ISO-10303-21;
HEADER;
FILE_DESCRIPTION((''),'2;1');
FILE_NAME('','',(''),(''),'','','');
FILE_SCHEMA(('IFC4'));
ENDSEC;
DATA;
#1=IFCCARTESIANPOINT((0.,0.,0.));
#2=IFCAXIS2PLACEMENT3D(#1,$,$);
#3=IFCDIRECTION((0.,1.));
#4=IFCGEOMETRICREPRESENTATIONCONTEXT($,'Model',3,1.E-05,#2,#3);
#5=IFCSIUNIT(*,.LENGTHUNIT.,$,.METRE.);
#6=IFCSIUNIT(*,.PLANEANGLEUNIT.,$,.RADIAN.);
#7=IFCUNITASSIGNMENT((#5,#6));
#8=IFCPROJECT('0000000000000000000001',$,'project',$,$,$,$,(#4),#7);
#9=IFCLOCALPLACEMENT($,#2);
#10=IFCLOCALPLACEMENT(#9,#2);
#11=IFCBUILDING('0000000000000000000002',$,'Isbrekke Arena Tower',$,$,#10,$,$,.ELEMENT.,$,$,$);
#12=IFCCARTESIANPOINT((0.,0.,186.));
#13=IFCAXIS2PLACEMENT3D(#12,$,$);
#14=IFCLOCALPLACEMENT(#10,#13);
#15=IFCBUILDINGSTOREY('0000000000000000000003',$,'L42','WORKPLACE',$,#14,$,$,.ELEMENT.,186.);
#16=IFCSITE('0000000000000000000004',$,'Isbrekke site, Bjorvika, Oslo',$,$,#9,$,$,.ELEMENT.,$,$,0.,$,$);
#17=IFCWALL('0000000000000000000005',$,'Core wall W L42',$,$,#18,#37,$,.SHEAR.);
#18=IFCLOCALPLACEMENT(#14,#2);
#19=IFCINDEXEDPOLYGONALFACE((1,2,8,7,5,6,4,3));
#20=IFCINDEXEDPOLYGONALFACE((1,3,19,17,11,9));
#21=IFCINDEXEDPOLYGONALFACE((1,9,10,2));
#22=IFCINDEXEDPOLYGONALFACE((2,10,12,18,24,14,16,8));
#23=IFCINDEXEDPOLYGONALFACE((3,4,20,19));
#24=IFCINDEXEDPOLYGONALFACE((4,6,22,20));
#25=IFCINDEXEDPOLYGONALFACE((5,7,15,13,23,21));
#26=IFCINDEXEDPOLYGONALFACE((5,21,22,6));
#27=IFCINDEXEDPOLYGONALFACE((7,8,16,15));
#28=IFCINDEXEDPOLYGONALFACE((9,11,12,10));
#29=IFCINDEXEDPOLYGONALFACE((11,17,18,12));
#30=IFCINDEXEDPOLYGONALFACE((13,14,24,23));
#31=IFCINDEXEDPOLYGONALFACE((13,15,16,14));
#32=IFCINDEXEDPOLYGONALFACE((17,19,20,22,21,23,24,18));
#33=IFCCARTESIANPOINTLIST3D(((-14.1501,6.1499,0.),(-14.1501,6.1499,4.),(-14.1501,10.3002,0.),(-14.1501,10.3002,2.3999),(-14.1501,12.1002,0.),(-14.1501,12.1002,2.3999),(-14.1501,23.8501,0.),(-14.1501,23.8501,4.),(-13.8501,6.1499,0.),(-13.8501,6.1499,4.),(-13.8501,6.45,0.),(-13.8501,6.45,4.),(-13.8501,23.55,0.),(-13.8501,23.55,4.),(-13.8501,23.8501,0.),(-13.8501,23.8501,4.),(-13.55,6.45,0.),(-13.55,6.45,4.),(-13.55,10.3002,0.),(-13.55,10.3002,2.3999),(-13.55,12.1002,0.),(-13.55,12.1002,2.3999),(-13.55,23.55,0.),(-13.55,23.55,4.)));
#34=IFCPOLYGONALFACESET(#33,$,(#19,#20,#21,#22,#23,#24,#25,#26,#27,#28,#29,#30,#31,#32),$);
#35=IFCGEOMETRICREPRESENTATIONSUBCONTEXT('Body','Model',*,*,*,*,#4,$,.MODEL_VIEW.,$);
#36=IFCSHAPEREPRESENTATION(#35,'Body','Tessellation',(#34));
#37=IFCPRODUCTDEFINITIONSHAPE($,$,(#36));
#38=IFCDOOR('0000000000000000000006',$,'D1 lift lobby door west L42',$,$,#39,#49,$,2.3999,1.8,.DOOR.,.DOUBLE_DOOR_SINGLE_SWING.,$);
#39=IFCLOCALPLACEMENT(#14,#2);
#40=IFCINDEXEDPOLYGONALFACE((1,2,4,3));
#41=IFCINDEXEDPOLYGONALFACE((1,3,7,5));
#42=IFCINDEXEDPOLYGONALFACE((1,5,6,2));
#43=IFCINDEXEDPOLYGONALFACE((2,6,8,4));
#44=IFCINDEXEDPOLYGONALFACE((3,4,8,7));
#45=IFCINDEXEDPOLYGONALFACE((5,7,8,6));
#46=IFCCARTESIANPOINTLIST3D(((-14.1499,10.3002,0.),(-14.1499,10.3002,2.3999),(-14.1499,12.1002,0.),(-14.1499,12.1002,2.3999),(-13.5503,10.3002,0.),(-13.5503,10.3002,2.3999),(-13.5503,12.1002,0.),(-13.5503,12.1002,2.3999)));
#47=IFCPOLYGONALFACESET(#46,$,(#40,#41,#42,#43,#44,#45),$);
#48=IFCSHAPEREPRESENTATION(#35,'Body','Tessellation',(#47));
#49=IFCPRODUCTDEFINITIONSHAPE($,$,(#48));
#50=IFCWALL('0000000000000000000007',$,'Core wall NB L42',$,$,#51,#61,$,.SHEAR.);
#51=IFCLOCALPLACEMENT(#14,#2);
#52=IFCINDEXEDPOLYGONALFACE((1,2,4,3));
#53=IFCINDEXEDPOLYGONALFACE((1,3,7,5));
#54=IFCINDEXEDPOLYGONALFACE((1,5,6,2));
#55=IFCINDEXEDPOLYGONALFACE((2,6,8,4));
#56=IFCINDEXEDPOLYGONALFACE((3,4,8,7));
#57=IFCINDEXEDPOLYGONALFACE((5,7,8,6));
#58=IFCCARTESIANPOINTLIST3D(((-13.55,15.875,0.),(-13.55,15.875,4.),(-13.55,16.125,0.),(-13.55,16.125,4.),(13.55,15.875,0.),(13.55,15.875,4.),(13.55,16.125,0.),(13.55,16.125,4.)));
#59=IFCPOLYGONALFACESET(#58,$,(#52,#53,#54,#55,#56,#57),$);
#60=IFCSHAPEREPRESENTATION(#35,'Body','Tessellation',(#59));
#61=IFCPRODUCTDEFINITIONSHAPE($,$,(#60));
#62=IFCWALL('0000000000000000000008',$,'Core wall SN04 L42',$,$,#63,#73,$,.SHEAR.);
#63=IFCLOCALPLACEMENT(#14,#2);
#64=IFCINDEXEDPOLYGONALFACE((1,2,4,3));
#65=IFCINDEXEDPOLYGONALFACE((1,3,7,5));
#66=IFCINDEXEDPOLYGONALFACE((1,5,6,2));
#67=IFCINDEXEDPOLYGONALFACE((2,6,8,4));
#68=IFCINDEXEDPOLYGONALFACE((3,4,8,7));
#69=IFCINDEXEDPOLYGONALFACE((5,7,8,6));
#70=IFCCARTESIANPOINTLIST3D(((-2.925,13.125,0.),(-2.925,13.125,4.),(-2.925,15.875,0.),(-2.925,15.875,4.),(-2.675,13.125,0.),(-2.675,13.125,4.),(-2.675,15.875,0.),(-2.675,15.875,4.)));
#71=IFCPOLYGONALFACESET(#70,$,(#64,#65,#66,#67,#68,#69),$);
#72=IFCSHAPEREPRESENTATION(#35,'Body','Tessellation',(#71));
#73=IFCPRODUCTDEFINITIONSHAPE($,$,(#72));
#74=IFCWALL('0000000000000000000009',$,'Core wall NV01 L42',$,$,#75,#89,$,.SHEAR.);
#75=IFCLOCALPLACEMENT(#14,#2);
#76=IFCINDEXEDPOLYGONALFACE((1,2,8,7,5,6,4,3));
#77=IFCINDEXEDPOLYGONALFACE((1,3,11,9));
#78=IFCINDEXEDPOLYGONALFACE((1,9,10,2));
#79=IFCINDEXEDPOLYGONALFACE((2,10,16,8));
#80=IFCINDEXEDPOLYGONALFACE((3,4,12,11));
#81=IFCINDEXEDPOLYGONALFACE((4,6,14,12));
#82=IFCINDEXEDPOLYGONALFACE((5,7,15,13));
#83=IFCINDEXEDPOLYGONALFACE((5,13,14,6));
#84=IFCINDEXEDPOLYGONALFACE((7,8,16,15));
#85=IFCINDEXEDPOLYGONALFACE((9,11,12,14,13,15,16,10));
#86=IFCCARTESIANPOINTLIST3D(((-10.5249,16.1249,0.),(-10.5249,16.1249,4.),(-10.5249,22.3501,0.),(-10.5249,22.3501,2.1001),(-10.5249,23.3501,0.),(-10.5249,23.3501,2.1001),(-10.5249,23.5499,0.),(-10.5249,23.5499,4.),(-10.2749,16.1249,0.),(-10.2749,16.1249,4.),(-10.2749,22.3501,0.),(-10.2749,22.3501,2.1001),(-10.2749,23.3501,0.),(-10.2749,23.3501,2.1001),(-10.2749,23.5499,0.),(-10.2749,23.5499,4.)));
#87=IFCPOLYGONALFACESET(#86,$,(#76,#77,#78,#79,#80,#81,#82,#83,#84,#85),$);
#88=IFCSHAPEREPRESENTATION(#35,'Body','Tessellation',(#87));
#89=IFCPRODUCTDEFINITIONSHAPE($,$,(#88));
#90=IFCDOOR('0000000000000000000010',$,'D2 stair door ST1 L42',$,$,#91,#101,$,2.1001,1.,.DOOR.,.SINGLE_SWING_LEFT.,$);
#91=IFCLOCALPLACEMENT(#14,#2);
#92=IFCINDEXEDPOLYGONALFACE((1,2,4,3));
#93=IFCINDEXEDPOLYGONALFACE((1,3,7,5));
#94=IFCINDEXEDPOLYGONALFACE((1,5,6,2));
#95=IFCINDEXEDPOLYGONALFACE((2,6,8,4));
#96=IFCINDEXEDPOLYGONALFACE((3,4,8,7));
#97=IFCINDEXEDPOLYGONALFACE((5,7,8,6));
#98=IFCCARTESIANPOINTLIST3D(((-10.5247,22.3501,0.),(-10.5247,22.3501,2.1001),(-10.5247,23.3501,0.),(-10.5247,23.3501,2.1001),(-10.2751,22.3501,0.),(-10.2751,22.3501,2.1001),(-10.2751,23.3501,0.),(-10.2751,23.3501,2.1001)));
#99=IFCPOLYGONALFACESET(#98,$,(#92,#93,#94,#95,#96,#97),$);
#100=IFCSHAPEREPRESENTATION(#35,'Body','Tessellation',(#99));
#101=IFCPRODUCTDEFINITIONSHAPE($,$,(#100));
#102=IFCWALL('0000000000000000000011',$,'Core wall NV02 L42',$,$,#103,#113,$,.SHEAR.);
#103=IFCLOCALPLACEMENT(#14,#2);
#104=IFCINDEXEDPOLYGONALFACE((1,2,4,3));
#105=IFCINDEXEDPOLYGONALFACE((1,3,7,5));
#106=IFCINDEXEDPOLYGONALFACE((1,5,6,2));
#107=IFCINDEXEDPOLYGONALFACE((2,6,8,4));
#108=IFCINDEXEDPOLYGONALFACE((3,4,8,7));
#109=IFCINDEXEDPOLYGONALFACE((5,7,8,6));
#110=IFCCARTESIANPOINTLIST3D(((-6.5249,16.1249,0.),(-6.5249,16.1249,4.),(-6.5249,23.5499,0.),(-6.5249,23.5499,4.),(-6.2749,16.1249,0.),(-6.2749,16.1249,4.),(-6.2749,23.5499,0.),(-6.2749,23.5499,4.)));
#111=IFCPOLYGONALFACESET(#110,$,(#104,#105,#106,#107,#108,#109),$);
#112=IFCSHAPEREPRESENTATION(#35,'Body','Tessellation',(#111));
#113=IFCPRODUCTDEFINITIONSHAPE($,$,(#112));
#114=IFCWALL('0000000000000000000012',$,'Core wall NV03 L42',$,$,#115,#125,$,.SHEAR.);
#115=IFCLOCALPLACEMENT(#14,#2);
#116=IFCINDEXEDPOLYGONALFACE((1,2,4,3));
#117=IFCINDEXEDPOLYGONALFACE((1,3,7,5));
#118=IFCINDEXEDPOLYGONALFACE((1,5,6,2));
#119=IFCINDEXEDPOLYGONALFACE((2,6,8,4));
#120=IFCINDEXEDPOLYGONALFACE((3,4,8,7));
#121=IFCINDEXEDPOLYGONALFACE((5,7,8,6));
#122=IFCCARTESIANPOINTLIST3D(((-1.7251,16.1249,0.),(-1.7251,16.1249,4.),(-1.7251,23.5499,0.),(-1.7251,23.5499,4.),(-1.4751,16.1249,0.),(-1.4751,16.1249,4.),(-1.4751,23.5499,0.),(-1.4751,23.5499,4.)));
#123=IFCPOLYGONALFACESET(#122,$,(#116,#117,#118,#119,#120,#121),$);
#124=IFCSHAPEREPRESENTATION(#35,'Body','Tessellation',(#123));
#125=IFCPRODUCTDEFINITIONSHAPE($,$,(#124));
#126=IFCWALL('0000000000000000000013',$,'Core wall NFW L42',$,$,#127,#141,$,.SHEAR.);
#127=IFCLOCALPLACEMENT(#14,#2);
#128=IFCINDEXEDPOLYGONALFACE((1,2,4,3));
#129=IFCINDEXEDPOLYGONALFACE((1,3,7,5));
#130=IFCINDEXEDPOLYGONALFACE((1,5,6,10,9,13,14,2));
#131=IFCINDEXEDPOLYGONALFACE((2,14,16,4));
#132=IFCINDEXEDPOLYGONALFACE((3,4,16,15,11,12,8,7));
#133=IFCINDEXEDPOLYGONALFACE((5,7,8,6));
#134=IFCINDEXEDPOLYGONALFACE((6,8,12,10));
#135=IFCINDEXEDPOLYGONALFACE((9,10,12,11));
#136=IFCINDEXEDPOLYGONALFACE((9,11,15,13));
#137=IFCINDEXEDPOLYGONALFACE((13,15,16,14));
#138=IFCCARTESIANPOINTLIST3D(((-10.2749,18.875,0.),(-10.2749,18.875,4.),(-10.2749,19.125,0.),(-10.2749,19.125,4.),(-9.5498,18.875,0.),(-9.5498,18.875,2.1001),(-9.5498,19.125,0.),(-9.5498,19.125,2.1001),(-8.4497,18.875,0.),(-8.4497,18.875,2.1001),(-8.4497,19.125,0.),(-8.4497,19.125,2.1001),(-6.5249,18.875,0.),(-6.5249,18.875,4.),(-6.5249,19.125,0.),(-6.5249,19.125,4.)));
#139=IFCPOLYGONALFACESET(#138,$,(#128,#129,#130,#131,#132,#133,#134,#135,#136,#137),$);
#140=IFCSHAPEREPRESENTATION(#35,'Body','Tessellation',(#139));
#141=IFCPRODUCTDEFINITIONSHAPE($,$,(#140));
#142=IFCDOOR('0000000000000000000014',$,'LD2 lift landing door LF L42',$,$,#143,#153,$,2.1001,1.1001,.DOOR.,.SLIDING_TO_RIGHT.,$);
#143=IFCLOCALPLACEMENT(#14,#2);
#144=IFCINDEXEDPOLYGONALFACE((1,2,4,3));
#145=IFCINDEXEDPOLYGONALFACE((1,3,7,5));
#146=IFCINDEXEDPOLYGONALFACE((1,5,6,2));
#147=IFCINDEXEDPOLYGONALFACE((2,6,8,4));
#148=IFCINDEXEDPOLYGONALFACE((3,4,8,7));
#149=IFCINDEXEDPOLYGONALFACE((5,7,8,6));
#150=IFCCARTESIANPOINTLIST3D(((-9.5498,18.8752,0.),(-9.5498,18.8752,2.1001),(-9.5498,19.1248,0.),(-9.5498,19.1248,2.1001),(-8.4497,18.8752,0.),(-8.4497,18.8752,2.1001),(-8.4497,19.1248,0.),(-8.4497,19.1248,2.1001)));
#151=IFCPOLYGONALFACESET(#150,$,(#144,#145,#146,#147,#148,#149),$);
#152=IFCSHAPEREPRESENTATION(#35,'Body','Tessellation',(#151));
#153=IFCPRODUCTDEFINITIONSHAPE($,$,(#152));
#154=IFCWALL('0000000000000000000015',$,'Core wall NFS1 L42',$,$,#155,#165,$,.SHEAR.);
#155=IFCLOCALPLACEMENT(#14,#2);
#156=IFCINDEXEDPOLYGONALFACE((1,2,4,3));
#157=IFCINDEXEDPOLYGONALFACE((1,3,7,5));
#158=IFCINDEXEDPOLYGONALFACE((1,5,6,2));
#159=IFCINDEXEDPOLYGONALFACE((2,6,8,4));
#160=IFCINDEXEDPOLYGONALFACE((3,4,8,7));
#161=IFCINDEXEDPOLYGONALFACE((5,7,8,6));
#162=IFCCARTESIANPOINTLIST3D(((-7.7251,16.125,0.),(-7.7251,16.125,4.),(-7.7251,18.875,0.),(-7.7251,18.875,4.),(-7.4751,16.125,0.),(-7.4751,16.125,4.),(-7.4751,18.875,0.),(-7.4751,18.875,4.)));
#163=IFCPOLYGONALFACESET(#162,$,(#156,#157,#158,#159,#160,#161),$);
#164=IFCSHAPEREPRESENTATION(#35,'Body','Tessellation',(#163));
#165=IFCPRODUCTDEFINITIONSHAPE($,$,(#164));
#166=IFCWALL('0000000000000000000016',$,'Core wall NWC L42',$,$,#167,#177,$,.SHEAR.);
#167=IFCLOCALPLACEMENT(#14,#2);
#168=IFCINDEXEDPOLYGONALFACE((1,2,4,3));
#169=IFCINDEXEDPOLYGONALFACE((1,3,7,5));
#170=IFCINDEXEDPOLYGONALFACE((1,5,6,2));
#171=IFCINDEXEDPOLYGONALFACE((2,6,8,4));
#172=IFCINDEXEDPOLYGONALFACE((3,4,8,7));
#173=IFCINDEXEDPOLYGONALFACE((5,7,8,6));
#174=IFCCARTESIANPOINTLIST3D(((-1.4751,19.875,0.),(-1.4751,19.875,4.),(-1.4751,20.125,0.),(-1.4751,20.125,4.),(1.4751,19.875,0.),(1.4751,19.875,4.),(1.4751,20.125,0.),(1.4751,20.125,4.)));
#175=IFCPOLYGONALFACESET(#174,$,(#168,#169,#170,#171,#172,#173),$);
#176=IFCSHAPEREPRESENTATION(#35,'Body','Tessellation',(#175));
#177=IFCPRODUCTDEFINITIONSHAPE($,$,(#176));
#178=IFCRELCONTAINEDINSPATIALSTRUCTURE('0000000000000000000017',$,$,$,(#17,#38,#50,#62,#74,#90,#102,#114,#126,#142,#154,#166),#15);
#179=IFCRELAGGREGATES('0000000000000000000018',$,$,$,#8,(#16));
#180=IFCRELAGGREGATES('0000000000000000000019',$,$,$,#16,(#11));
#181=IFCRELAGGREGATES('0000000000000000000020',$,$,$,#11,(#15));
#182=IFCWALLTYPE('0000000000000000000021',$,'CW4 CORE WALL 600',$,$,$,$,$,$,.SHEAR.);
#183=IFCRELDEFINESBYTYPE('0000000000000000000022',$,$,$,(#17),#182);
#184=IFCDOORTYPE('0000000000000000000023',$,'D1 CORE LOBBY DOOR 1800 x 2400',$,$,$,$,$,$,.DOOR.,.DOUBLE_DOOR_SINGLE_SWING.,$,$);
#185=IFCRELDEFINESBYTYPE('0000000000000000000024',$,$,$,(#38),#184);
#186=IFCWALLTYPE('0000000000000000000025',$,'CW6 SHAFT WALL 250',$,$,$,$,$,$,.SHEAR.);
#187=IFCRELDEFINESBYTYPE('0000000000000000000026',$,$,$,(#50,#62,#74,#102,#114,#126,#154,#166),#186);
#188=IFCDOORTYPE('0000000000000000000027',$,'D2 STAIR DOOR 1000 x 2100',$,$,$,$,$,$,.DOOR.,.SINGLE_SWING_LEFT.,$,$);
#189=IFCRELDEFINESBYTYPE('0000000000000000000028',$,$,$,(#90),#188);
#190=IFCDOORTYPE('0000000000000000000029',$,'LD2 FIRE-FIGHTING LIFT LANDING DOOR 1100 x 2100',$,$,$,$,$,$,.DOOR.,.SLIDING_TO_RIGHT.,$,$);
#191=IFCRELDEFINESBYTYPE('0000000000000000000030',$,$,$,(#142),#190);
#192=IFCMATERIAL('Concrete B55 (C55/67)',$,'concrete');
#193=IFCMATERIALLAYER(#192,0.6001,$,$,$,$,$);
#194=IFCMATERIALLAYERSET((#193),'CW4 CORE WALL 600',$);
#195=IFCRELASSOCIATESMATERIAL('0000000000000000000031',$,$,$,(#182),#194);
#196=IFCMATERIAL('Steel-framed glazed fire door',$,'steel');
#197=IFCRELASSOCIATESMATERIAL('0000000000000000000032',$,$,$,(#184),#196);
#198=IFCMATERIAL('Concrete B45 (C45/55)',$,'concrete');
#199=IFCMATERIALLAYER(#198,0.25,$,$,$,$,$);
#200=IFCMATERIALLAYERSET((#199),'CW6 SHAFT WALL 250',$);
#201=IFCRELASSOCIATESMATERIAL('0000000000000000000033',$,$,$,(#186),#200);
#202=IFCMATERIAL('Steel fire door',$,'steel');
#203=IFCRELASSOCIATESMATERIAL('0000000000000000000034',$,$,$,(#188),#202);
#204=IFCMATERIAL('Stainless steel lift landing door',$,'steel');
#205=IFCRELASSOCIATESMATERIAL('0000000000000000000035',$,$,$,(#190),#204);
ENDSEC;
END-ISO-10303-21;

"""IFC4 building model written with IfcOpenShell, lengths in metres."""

from ifc_helpers import new_model, si_unit, direction, frame, frame_2d, origin, place, context, subcontext, project, spatial, polyline, rectangle, outline, extrude, material, layer, layer_set, type_object, element, fill, save


model = new_model("IFC4")

# Units and contexts
model_context = context("Model", 3, precision=1e-05, world=origin(), true_north=direction((0.0, 1.0)))
body_context = subcontext(model_context, "Body", "Model", "MODEL_VIEW")
ifc_project = project(units=[si_unit("LENGTHUNIT", "METRE"), si_unit("PLANEANGLEUNIT", "RADIAN")], contexts=[model_context])

# Site, building, storey
site_placement = place(None, origin())
site = spatial("IfcSite", under=ifc_project, at=site_placement, Name="Isbrekke site, Bjorvika, Oslo", CompositionType="ELEMENT", RefElevation=0.0)
building_placement = place(site_placement, origin())
building = spatial("IfcBuilding", under=site, at=building_placement, Name="Isbrekke Arena Tower", CompositionType="ELEMENT")
storey_placement = place(building_placement, frame((0.0, 0.0, 186.0)))
storey = spatial("IfcBuildingStorey", under=building, at=storey_placement, Name="L42", Description="WORKPLACE", CompositionType="ELEMENT", Elevation=186.0)

# Wall, opening, door
ifc_material_1 = material(Name="Concrete B55 (C55/67)", Category="concrete")
ifc_layer_1 = layer(ifc_material_1, 0.6001)
ifc_layer_set_1 = layer_set([ifc_layer_1], Name="CW4 CORE WALL 600")
wall_type_1 = type_object("IfcWallType", Name="CW4 CORE WALL 600", PredefinedType="SHEAR", material=ifc_layer_set_1)
wall_1_placement = place(storey_placement, frame((-13.8501, 23.8501, 0.0), z_axis=(0.0, 0.0, 1.0), x_axis=(0.0, -1.0, 0.0)))
wall_1 = element("IfcWall", 1, at=wall_1_placement, inside=storey, type_object=wall_type_1, Name="Core wall W L42", PredefinedType="SHEAR", context=body_context, shape_type="SweptSolid", body=[
    extrude(outline(polyline([(0.0, -0.3), (17.7002, -0.3), (17.7002, 0.0), (17.4001, 0.0), (17.4001, 0.3), (0.3, 0.3), (0.3, 0.0), (0.0, 0.0), (0.0, -0.3)])), origin(), (0.0, 0.0, 1.0), 4.0),
])
opening_1_placement = place(wall_1_placement, frame((11.75, 0.0, 0.0)))
opening_1 = element("IfcOpeningElement", 2, at=opening_1_placement, cuts=wall_1, PredefinedType="OPENING", context=body_context, shape_type="SweptSolid", body=[
    extrude(rectangle(XDim=1.8, YDim=2.3999, at=frame_2d((0.8999, 1.2))), frame((0.0, 0.3149, 0.0), z_axis=(0.0, -1.0, 0.0), x_axis=(1.0, 0.0, 0.0)), (0.0, 0.0, 1.0), 0.6299),
])
ifc_material_2 = material(Name="Steel-framed glazed fire door", Category="steel")
door_type_1 = type_object("IfcDoorType", Name="D1 CORE LOBBY DOOR 1800 x 2400", OperationType="DOUBLE_DOOR_SINGLE_SWING", PredefinedType="DOOR", material=ifc_material_2)
door_1_placement = place(opening_1_placement, origin())
door_1 = element("IfcDoor", 3, at=door_1_placement, inside=storey, type_object=door_type_1, Name="D1 lift lobby door west L42", OperationType="DOUBLE_DOOR_SINGLE_SWING", OverallHeight=2.3999, OverallWidth=1.8, PredefinedType="DOOR", context=body_context, shape_type="SweptSolid", body=[
    extrude(rectangle(XDim=1.8, YDim=2.3999, at=frame_2d((0.8999, 1.2))), frame((0.0, 0.2998, 0.0), z_axis=(0.0, -1.0, 0.0), x_axis=(1.0, 0.0, 0.0)), (0.0, 0.0, 1.0), 0.5996),
])
fill(opening_1, door_1)

# Walls
ifc_material_3 = material(Name="Concrete B45 (C45/55)", Category="concrete")
ifc_layer_2 = layer(ifc_material_3, 0.25)
ifc_layer_set_2 = layer_set([ifc_layer_2], Name="CW6 SHAFT WALL 250")
wall_type_2 = type_object("IfcWallType", Name="CW6 SHAFT WALL 250", PredefinedType="SHEAR", material=ifc_layer_set_2)
wall_2_placement = place(storey_placement, frame((-13.55, 16.0, 0.0), z_axis=(0.0, 0.0, 1.0), x_axis=(1.0, 0.0, 0.0)))
element("IfcWall", 4, at=wall_2_placement, inside=storey, type_object=wall_type_2, Name="Core wall NB L42", PredefinedType="SHEAR", context=body_context, shape_type="SweptSolid", body=[
    extrude(rectangle(XDim=27.1001, YDim=0.25, at=frame_2d((13.55, 0.0))), origin(), (0.0, 0.0, 1.0), 4.0),
])
wall_3_placement = place(storey_placement, frame((-2.8, 13.125, 0.0), z_axis=(0.0, 0.0, 1.0), x_axis=(0.0, 1.0, 0.0)))
element("IfcWall", 5, at=wall_3_placement, inside=storey, type_object=wall_type_2, Name="Core wall SN04 L42", PredefinedType="SHEAR", context=body_context, shape_type="SweptSolid", body=[
    extrude(rectangle(XDim=2.75, YDim=0.25, at=frame_2d((1.375, 0.0))), origin(), (0.0, 0.0, 1.0), 4.0),
])

# Wall, opening, door
wall_4_placement = place(storey_placement, frame((-10.3999, 16.125, 0.0), z_axis=(0.0, 0.0, 1.0), x_axis=(0.0, 1.0, 0.0)))
wall_4 = element("IfcWall", 6, at=wall_4_placement, inside=storey, type_object=wall_type_2, Name="Core wall NV01 L42", PredefinedType="SHEAR", context=body_context, shape_type="SweptSolid", body=[
    extrude(rectangle(XDim=7.425, YDim=0.25, at=frame_2d((3.7124, 0.0))), origin(), (0.0, 0.0, 1.0), 4.0),
])
opening_2_placement = place(wall_4_placement, frame((6.2251, 0.0, 0.0)))
opening_2 = element("IfcOpeningElement", 7, at=opening_2_placement, cuts=wall_4, PredefinedType="OPENING", context=body_context, shape_type="SweptSolid", body=[
    extrude(rectangle(XDim=1.0, YDim=2.1001, at=frame_2d((0.5, 1.05))), frame((0.0, 0.1399, 0.0), z_axis=(0.0, -1.0, 0.0), x_axis=(1.0, 0.0, 0.0)), (0.0, 0.0, 1.0), 0.2798),
])
ifc_material_4 = material(Name="Steel fire door", Category="steel")
door_type_2 = type_object("IfcDoorType", Name="D2 STAIR DOOR 1000 x 2100", OperationType="SINGLE_SWING_LEFT", PredefinedType="DOOR", material=ifc_material_4)
door_2_placement = place(opening_2_placement, origin())
door_2 = element("IfcDoor", 8, at=door_2_placement, inside=storey, type_object=door_type_2, Name="D2 stair door ST1 L42", OperationType="SINGLE_SWING_LEFT", OverallHeight=2.1001, OverallWidth=1.0, PredefinedType="DOOR", context=body_context, shape_type="SweptSolid", body=[
    extrude(rectangle(XDim=1.0, YDim=2.1001, at=frame_2d((0.5, 1.05))), frame((0.0, 0.1248, 0.0), z_axis=(0.0, -1.0, 0.0), x_axis=(1.0, 0.0, 0.0)), (0.0, 0.0, 1.0), 0.2495),
])
fill(opening_2, door_2)

# Walls
for number, where, z_axis, x_axis, name in (
    (9, (-6.3999, 16.125, 0.0), (0.0, 0.0, 1.0), (0.0, 1.0, 0.0), "Core wall NV02 L42"),
    (10, (-1.6001, 16.125, 0.0), (0.0, 0.0, 1.0), (0.0, 1.0, 0.0), "Core wall NV03 L42"),
):
    element("IfcWall", number, at=place(storey_placement, frame(where, z_axis=z_axis, x_axis=x_axis)), inside=storey, type_object=wall_type_2, Name=name, PredefinedType="SHEAR", context=body_context, shape_type="SweptSolid", body=[
        extrude(rectangle(XDim=7.425, YDim=0.25, at=frame_2d((3.7124, 0.0))), origin(), (0.0, 0.0, 1.0), 4.0),
    ])

# Wall, opening, door
wall_5_placement = place(storey_placement, frame((-10.2749, 19.0, 0.0), z_axis=(0.0, 0.0, 1.0), x_axis=(1.0, 0.0, 0.0)))
wall_5 = element("IfcWall", 11, at=wall_5_placement, inside=storey, type_object=wall_type_2, Name="Core wall NFW L42", PredefinedType="SHEAR", context=body_context, shape_type="SweptSolid", body=[
    extrude(rectangle(XDim=3.75, YDim=0.25, at=frame_2d((1.875, 0.0))), origin(), (0.0, 0.0, 1.0), 4.0),
])
opening_3_placement = place(wall_5_placement, frame((0.7251, 0.0, 0.0)))
opening_3 = element("IfcOpeningElement", 12, at=opening_3_placement, cuts=wall_5, PredefinedType="OPENING", context=body_context, shape_type="SweptSolid", body=[
    extrude(rectangle(XDim=1.1001, YDim=2.1001, at=frame_2d((0.55, 1.05))), frame((0.0, 0.1399, 0.0), z_axis=(0.0, -1.0, 0.0), x_axis=(1.0, 0.0, 0.0)), (0.0, 0.0, 1.0), 0.2798),
])
ifc_material_5 = material(Name="Stainless steel lift landing door", Category="steel")
door_type_3 = type_object("IfcDoorType", Name="LD2 FIRE-FIGHTING LIFT LANDING DOOR 1100 x 2100", OperationType="SLIDING_TO_RIGHT", PredefinedType="DOOR", material=ifc_material_5)
door_3_placement = place(opening_3_placement, origin())
door_3 = element("IfcDoor", 13, at=door_3_placement, inside=storey, type_object=door_type_3, Name="LD2 lift landing door LF L42", OperationType="SLIDING_TO_RIGHT", OverallHeight=2.1001, OverallWidth=1.1001, PredefinedType="DOOR", context=body_context, shape_type="SweptSolid", body=[
    extrude(rectangle(XDim=1.1001, YDim=2.1001, at=frame_2d((0.55, 1.05))), frame((0.0, 0.1248, 0.0), z_axis=(0.0, -1.0, 0.0), x_axis=(1.0, 0.0, 0.0)), (0.0, 0.0, 1.0), 0.2495),
])
fill(opening_3, door_3)

# Walls
wall_6_placement = place(storey_placement, frame((-7.6001, 16.125, 0.0), z_axis=(0.0, 0.0, 1.0), x_axis=(0.0, 1.0, 0.0)))
element("IfcWall", 14, at=wall_6_placement, inside=storey, type_object=wall_type_2, Name="Core wall NFS1 L42", PredefinedType="SHEAR", context=body_context, shape_type="SweptSolid", body=[
    extrude(rectangle(XDim=2.75, YDim=0.25, at=frame_2d((1.375, 0.0))), origin(), (0.0, 0.0, 1.0), 4.0),
])
wall_7_placement = place(storey_placement, frame((-1.4751, 20.0, 0.0), z_axis=(0.0, 0.0, 1.0), x_axis=(1.0, 0.0, 0.0)))
element("IfcWall", 15, at=wall_7_placement, inside=storey, type_object=wall_type_2, Name="Core wall NWC L42", PredefinedType="SHEAR", context=body_context, shape_type="SweptSolid", body=[
    extrude(rectangle(XDim=2.9502, YDim=0.25, at=frame_2d((1.4751, 0.0))), origin(), (0.0, 0.0, 1.0), 4.0),
])

save(model, "model.ifc")
